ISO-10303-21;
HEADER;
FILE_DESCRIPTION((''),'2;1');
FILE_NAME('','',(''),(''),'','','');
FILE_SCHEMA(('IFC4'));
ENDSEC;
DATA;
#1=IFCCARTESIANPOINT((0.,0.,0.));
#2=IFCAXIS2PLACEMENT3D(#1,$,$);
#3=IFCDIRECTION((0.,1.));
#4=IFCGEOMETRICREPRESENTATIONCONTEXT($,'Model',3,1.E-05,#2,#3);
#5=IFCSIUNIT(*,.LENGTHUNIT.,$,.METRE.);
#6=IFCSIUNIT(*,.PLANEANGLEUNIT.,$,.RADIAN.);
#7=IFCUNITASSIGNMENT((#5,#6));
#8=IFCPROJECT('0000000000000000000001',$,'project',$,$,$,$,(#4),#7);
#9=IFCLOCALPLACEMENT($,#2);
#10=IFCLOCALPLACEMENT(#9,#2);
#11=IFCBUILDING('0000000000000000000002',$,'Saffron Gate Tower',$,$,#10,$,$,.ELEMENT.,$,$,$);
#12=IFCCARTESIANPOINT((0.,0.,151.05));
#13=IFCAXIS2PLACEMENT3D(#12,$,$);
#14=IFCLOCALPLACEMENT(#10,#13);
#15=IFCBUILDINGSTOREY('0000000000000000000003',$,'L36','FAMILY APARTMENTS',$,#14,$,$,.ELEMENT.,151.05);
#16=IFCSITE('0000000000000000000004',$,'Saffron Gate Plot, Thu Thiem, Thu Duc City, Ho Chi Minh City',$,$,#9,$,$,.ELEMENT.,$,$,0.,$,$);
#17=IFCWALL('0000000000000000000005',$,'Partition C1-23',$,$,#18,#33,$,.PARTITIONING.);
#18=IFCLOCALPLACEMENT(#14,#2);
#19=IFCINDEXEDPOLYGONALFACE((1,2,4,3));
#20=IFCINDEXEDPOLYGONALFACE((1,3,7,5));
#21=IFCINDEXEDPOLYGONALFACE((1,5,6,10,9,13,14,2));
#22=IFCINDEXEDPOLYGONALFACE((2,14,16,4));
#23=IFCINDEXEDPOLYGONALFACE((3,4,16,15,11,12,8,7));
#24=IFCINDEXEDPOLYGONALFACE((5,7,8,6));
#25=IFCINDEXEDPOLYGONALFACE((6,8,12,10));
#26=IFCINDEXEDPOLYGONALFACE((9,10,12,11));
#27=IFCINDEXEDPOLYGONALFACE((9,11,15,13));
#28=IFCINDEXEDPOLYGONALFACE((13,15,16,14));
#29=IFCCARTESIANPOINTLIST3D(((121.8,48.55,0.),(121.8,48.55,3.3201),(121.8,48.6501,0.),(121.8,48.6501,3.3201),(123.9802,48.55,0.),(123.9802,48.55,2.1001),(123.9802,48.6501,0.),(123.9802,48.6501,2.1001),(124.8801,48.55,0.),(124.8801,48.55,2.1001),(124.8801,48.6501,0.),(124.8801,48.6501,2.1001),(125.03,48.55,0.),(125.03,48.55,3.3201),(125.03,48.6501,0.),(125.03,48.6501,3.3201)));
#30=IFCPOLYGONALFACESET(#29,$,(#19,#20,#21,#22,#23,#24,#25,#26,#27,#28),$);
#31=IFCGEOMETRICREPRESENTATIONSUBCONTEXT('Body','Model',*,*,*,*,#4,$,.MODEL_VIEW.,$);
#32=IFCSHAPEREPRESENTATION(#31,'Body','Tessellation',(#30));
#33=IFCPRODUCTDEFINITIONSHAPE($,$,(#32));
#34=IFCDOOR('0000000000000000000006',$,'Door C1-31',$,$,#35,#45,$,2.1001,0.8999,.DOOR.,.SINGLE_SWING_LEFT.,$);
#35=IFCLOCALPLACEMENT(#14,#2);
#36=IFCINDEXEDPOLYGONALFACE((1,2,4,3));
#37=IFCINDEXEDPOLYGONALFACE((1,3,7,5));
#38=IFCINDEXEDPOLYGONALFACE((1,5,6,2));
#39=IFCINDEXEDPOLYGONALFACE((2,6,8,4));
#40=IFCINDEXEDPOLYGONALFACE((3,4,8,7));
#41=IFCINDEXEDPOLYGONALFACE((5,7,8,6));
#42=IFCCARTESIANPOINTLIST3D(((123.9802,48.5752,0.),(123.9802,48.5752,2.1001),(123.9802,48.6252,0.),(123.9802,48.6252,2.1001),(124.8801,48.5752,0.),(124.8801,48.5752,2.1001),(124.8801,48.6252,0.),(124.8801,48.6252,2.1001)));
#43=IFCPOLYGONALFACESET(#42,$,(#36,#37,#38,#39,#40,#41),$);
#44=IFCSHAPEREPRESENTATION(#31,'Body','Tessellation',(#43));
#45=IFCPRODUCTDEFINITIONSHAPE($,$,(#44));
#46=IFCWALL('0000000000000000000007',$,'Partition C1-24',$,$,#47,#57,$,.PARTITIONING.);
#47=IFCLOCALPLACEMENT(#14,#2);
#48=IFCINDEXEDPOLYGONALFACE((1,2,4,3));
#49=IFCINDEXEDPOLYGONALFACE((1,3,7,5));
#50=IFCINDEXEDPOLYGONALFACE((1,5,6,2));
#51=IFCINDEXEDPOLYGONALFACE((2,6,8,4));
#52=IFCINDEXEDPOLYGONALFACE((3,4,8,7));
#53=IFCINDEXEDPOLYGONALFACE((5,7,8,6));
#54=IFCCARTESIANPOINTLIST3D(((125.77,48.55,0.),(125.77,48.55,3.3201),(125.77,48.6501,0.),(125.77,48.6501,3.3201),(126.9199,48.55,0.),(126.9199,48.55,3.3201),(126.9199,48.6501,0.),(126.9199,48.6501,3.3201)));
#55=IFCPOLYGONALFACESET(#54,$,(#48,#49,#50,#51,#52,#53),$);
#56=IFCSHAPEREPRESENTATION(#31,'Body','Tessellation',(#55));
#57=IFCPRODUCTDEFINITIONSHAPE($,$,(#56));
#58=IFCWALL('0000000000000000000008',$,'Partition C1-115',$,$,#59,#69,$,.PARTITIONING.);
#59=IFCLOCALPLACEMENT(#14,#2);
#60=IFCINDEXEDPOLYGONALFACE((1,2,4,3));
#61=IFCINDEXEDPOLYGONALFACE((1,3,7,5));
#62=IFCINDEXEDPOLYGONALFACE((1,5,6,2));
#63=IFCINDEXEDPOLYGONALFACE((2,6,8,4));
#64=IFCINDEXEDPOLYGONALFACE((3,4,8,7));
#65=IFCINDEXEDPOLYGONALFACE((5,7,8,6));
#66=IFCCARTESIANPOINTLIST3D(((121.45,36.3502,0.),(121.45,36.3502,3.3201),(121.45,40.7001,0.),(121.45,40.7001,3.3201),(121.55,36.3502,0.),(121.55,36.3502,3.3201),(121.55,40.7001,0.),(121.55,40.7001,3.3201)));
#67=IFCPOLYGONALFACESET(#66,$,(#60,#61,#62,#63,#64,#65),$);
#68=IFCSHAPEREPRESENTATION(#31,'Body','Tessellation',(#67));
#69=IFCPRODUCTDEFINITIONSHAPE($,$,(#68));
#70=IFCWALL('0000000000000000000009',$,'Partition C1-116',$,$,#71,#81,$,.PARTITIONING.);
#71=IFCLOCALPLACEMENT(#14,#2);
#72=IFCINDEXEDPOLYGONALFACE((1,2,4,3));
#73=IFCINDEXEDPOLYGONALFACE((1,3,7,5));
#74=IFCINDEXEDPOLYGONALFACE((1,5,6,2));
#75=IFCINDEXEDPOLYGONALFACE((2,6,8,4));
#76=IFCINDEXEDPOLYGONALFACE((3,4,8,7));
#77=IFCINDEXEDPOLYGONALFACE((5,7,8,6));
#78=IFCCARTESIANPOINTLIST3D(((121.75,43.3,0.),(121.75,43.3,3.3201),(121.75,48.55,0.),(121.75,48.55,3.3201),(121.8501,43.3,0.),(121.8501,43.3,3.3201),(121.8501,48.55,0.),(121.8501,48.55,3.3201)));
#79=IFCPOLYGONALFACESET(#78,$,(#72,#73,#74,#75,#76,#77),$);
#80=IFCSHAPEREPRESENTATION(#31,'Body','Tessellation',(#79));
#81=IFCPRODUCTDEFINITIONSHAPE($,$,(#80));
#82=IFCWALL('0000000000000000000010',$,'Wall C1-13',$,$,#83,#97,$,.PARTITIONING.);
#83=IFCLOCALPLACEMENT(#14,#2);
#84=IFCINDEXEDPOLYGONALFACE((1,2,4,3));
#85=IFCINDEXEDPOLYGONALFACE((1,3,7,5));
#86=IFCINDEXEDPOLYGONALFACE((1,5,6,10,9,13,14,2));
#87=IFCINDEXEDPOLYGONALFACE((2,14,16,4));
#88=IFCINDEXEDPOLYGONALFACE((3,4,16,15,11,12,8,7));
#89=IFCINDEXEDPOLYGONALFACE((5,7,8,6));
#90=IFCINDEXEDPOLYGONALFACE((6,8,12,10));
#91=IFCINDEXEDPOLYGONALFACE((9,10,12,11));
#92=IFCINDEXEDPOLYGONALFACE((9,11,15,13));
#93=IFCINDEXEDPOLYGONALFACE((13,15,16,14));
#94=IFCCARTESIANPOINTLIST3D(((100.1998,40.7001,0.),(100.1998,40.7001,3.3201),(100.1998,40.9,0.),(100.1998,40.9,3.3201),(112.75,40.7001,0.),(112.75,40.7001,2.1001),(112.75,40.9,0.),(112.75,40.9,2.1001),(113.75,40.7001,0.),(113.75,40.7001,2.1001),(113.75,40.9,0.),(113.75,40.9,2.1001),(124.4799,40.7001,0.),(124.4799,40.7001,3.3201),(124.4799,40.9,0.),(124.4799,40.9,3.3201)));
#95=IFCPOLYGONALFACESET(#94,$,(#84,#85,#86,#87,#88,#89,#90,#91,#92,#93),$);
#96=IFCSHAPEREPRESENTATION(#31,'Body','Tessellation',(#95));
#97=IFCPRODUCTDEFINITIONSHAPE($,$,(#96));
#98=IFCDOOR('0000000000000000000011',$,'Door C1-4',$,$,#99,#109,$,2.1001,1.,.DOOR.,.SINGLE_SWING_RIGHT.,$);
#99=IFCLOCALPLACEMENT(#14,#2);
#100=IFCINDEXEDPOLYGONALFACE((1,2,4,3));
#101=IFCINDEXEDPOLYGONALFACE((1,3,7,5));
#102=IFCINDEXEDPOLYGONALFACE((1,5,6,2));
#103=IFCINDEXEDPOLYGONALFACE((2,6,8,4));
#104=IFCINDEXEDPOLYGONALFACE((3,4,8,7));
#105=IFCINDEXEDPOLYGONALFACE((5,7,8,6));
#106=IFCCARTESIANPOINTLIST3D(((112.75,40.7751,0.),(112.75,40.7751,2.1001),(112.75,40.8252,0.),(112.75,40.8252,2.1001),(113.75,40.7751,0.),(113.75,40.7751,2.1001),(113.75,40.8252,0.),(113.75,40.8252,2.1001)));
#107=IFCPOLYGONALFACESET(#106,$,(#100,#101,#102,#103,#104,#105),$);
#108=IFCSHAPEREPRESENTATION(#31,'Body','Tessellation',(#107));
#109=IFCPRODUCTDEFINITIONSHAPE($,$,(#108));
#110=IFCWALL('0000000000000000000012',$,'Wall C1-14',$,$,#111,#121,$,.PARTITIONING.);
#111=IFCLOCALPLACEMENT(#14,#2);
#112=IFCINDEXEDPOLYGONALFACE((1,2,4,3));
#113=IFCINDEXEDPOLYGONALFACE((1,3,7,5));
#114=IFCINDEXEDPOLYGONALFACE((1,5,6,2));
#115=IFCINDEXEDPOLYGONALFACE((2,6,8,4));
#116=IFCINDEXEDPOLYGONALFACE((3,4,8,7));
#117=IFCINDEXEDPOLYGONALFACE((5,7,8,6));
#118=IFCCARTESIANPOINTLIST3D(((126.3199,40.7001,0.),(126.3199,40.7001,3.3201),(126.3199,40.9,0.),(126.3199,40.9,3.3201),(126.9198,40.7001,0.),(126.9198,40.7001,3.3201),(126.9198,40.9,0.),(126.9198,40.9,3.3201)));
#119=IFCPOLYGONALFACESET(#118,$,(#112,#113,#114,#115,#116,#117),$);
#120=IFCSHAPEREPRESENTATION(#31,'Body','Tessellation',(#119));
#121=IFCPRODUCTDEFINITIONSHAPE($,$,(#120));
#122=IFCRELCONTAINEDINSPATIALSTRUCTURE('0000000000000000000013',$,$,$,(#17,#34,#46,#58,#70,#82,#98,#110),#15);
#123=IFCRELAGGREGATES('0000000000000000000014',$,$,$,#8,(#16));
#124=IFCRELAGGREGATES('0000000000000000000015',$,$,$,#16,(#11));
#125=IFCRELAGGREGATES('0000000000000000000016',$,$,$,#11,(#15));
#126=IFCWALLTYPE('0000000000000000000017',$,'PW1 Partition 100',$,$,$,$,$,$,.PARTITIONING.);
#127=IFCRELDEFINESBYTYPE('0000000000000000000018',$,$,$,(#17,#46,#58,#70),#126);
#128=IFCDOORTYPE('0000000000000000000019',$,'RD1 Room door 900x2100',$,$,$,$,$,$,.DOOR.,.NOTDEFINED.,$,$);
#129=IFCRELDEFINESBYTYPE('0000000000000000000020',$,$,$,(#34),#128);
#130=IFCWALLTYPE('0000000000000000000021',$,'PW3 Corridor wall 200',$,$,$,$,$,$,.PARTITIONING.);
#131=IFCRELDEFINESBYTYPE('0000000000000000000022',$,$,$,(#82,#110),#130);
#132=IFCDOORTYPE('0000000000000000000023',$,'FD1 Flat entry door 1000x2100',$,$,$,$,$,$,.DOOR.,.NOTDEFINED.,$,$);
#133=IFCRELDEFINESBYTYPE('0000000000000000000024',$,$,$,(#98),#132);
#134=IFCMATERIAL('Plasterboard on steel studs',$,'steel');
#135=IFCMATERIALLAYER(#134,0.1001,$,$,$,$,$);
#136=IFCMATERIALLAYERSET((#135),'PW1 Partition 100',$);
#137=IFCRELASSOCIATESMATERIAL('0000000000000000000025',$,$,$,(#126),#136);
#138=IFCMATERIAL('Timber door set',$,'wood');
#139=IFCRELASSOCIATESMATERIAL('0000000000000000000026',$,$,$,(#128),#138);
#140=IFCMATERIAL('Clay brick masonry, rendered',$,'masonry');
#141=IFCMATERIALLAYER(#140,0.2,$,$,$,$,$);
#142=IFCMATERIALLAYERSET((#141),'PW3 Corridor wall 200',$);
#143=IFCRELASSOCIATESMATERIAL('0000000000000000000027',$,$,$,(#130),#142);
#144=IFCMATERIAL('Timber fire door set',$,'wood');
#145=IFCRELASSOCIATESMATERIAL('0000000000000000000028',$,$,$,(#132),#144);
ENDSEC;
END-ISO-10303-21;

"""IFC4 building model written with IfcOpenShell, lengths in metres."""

from ifc_helpers import new_model, si_unit, direction, frame, frame_2d, origin, place, context, subcontext, project, spatial, rectangle, extrude, material, layer, layer_set, type_object, element, fill, save


model = new_model("IFC4")

# Units and contexts
model_context = context("Model", 3, precision=1e-05, world=origin(), true_north=direction((0.0, 1.0)))
body_context = subcontext(model_context, "Body", "Model", "MODEL_VIEW")
ifc_project = project(units=[si_unit("LENGTHUNIT", "METRE"), si_unit("PLANEANGLEUNIT", "RADIAN")], contexts=[model_context])

# Site, building, storey
site_placement = place(None, origin())
site = spatial("IfcSite", under=ifc_project, at=site_placement, Name="Saffron Gate Plot, Thu Thiem, Thu Duc City, Ho Chi Minh City", CompositionType="ELEMENT", RefElevation=0.0)
building_placement = place(site_placement, origin())
building = spatial("IfcBuilding", under=site, at=building_placement, Name="Saffron Gate Tower", CompositionType="ELEMENT")
storey_placement = place(building_placement, frame((0.0, 0.0, 151.05)))
storey = spatial("IfcBuildingStorey", under=building, at=storey_placement, Name="L36", Description="FAMILY APARTMENTS", CompositionType="ELEMENT", Elevation=151.05)

# Wall, opening, door
ifc_material_1 = material(Name="Plasterboard on steel studs", Category="steel")
ifc_layer_1 = layer(ifc_material_1, 0.1001)
ifc_layer_set_1 = layer_set([ifc_layer_1], Name="PW1 Partition 100")
wall_type_1 = type_object("IfcWallType", Name="PW1 Partition 100", PredefinedType="PARTITIONING", material=ifc_layer_set_1)
ifc_material_2 = material(Name="Timber door set", Category="wood")
door_type_1 = type_object("IfcDoorType", Name="RD1 Room door 900x2100", OperationType="NOTDEFINED", PredefinedType="DOOR", material=ifc_material_2)
wall_1_placement = place(storey_placement, frame((125.03, 48.6001, 0.0), z_axis=(0.0, 0.0, 1.0), x_axis=(-1.0, 0.0, 0.0)))
wall_1 = element("IfcWall", 1, at=wall_1_placement, inside=storey, type_object=wall_type_1, Name="Partition C1-23", PredefinedType="PARTITIONING", context=body_context, shape_type="SweptSolid", body=[
    extrude(rectangle(XDim=3.23, YDim=0.1001, at=frame_2d((1.615, 0.0))), origin(), (0.0, 0.0, 1.0), 3.3201),
])
opening_1_placement = place(wall_1_placement, frame((0.1499, 0.0, 0.0)))
opening_1 = element("IfcOpeningElement", 2, at=opening_1_placement, cuts=wall_1, PredefinedType="OPENING", context=body_context, shape_type="SweptSolid", body=[
    extrude(rectangle(XDim=0.8999, YDim=2.1001, at=frame_2d((0.45, 1.05))), frame((0.0, 0.0601, 0.0), z_axis=(0.0, -1.0, 0.0), x_axis=(1.0, 0.0, 0.0)), (0.0, 0.0, 1.0), 0.1201),
])
door_1_placement = place(opening_1_placement, origin())
door_1 = element("IfcDoor", 3, at=door_1_placement, inside=storey, type_object=door_type_1, Name="Door C1-31", OperationType="SINGLE_SWING_LEFT", OverallHeight=2.1001, OverallWidth=0.8999, PredefinedType="DOOR", context=body_context, shape_type="SweptSolid", body=[
    extrude(rectangle(XDim=0.8999, YDim=2.1001, at=frame_2d((0.45, 1.05))), frame((0.0, 0.0249, 0.0), z_axis=(0.0, -1.0, 0.0), x_axis=(1.0, 0.0, 0.0)), (0.0, 0.0, 1.0), 0.05),
])
fill(opening_1, door_1)

# Walls
wall_2_placement = place(storey_placement, frame((125.77, 48.6001, 0.0), z_axis=(0.0, 0.0, 1.0), x_axis=(1.0, 0.0, 0.0)))
element("IfcWall", 4, at=wall_2_placement, inside=storey, type_object=wall_type_1, Name="Partition C1-24", PredefinedType="PARTITIONING", context=body_context, shape_type="SweptSolid", body=[
    extrude(rectangle(XDim=1.1499, YDim=0.1001, at=frame_2d((0.575, 0.0))), origin(), (0.0, 0.0, 1.0), 3.3201),
])
wall_3_placement = place(storey_placement, frame((121.5, 40.7, 0.0), z_axis=(0.0, 0.0, 1.0), x_axis=(0.0, -1.0, 0.0)))
element("IfcWall", 5, at=wall_3_placement, inside=storey, type_object=wall_type_1, Name="Partition C1-115", PredefinedType="PARTITIONING", context=body_context, shape_type="SweptSolid", body=[
    extrude(rectangle(XDim=4.3499, YDim=0.1001, at=frame_2d((2.1748, 0.0))), origin(), (0.0, 0.0, 1.0), 3.3201),
])
wall_4_placement = place(storey_placement, frame((121.8, 48.55, 0.0), z_axis=(0.0, 0.0, 1.0), x_axis=(0.0, -1.0, 0.0)))
element("IfcWall", 6, at=wall_4_placement, inside=storey, type_object=wall_type_1, Name="Partition C1-116", PredefinedType="PARTITIONING", context=body_context, shape_type="SweptSolid", body=[
    extrude(rectangle(XDim=5.25, YDim=0.1001, at=frame_2d((2.625, 0.0))), origin(), (0.0, 0.0, 1.0), 3.3201),
])

# Wall, opening, door
ifc_material_3 = material(Name="Clay brick masonry, rendered", Category="masonry")
ifc_layer_2 = layer(ifc_material_3, 0.2)
ifc_layer_set_2 = layer_set([ifc_layer_2], Name="PW3 Corridor wall 200")
wall_type_2 = type_object("IfcWallType", Name="PW3 Corridor wall 200", PredefinedType="PARTITIONING", material=ifc_layer_set_2)
wall_5_placement = place(storey_placement, frame((124.48, 40.8, 0.0), z_axis=(0.0, 0.0, 1.0), x_axis=(-1.0, 0.0, 0.0)))
wall_5 = element("IfcWall", 7, at=wall_5_placement, inside=storey, type_object=wall_type_2, Name="Wall C1-13", PredefinedType="PARTITIONING", context=body_context, shape_type="SweptSolid", body=[
    extrude(rectangle(XDim=24.28, YDim=0.2, at=frame_2d((12.1401, 0.0))), origin(), (0.0, 0.0, 1.0), 3.3201),
])
opening_2_placement = place(wall_5_placement, frame((10.73, 0.0, 0.0)))
opening_2 = element("IfcOpeningElement", 8, at=opening_2_placement, cuts=wall_5, PredefinedType="OPENING", context=body_context, shape_type="SweptSolid", body=[
    extrude(rectangle(XDim=1.0, YDim=2.1001, at=frame_2d((0.5, 1.05))), frame((0.0, 0.1099, 0.0), z_axis=(0.0, -1.0, 0.0), x_axis=(1.0, 0.0, 0.0)), (0.0, 0.0, 1.0), 0.22),
])
ifc_material_4 = material(Name="Timber fire door set", Category="wood")
door_type_2 = type_object("IfcDoorType", Name="FD1 Flat entry door 1000x2100", OperationType="NOTDEFINED", PredefinedType="DOOR", material=ifc_material_4)
door_2_placement = place(opening_2_placement, origin())
door_2 = element("IfcDoor", 9, at=door_2_placement, inside=storey, type_object=door_type_2, Name="Door C1-4", OperationType="SINGLE_SWING_RIGHT", OverallHeight=2.1001, OverallWidth=1.0, PredefinedType="DOOR", context=body_context, shape_type="SweptSolid", body=[
    extrude(rectangle(XDim=1.0, YDim=2.1001, at=frame_2d((0.5, 1.05))), frame((0.0, 0.0249, 0.0), z_axis=(0.0, -1.0, 0.0), x_axis=(1.0, 0.0, 0.0)), (0.0, 0.0, 1.0), 0.05),
])
fill(opening_2, door_2)

# Wall
wall_6_placement = place(storey_placement, frame((126.3201, 40.8, 0.0), z_axis=(0.0, 0.0, 1.0), x_axis=(1.0, 0.0, 0.0)))
element("IfcWall", 10, at=wall_6_placement, inside=storey, type_object=wall_type_2, Name="Wall C1-14", PredefinedType="PARTITIONING", context=body_context, shape_type="SweptSolid", body=[
    extrude(rectangle(XDim=0.5999, YDim=0.2, at=frame_2d((0.2998, 0.0))), origin(), (0.0, 0.0, 1.0), 3.3201),
])

save(model, "model.ifc")
